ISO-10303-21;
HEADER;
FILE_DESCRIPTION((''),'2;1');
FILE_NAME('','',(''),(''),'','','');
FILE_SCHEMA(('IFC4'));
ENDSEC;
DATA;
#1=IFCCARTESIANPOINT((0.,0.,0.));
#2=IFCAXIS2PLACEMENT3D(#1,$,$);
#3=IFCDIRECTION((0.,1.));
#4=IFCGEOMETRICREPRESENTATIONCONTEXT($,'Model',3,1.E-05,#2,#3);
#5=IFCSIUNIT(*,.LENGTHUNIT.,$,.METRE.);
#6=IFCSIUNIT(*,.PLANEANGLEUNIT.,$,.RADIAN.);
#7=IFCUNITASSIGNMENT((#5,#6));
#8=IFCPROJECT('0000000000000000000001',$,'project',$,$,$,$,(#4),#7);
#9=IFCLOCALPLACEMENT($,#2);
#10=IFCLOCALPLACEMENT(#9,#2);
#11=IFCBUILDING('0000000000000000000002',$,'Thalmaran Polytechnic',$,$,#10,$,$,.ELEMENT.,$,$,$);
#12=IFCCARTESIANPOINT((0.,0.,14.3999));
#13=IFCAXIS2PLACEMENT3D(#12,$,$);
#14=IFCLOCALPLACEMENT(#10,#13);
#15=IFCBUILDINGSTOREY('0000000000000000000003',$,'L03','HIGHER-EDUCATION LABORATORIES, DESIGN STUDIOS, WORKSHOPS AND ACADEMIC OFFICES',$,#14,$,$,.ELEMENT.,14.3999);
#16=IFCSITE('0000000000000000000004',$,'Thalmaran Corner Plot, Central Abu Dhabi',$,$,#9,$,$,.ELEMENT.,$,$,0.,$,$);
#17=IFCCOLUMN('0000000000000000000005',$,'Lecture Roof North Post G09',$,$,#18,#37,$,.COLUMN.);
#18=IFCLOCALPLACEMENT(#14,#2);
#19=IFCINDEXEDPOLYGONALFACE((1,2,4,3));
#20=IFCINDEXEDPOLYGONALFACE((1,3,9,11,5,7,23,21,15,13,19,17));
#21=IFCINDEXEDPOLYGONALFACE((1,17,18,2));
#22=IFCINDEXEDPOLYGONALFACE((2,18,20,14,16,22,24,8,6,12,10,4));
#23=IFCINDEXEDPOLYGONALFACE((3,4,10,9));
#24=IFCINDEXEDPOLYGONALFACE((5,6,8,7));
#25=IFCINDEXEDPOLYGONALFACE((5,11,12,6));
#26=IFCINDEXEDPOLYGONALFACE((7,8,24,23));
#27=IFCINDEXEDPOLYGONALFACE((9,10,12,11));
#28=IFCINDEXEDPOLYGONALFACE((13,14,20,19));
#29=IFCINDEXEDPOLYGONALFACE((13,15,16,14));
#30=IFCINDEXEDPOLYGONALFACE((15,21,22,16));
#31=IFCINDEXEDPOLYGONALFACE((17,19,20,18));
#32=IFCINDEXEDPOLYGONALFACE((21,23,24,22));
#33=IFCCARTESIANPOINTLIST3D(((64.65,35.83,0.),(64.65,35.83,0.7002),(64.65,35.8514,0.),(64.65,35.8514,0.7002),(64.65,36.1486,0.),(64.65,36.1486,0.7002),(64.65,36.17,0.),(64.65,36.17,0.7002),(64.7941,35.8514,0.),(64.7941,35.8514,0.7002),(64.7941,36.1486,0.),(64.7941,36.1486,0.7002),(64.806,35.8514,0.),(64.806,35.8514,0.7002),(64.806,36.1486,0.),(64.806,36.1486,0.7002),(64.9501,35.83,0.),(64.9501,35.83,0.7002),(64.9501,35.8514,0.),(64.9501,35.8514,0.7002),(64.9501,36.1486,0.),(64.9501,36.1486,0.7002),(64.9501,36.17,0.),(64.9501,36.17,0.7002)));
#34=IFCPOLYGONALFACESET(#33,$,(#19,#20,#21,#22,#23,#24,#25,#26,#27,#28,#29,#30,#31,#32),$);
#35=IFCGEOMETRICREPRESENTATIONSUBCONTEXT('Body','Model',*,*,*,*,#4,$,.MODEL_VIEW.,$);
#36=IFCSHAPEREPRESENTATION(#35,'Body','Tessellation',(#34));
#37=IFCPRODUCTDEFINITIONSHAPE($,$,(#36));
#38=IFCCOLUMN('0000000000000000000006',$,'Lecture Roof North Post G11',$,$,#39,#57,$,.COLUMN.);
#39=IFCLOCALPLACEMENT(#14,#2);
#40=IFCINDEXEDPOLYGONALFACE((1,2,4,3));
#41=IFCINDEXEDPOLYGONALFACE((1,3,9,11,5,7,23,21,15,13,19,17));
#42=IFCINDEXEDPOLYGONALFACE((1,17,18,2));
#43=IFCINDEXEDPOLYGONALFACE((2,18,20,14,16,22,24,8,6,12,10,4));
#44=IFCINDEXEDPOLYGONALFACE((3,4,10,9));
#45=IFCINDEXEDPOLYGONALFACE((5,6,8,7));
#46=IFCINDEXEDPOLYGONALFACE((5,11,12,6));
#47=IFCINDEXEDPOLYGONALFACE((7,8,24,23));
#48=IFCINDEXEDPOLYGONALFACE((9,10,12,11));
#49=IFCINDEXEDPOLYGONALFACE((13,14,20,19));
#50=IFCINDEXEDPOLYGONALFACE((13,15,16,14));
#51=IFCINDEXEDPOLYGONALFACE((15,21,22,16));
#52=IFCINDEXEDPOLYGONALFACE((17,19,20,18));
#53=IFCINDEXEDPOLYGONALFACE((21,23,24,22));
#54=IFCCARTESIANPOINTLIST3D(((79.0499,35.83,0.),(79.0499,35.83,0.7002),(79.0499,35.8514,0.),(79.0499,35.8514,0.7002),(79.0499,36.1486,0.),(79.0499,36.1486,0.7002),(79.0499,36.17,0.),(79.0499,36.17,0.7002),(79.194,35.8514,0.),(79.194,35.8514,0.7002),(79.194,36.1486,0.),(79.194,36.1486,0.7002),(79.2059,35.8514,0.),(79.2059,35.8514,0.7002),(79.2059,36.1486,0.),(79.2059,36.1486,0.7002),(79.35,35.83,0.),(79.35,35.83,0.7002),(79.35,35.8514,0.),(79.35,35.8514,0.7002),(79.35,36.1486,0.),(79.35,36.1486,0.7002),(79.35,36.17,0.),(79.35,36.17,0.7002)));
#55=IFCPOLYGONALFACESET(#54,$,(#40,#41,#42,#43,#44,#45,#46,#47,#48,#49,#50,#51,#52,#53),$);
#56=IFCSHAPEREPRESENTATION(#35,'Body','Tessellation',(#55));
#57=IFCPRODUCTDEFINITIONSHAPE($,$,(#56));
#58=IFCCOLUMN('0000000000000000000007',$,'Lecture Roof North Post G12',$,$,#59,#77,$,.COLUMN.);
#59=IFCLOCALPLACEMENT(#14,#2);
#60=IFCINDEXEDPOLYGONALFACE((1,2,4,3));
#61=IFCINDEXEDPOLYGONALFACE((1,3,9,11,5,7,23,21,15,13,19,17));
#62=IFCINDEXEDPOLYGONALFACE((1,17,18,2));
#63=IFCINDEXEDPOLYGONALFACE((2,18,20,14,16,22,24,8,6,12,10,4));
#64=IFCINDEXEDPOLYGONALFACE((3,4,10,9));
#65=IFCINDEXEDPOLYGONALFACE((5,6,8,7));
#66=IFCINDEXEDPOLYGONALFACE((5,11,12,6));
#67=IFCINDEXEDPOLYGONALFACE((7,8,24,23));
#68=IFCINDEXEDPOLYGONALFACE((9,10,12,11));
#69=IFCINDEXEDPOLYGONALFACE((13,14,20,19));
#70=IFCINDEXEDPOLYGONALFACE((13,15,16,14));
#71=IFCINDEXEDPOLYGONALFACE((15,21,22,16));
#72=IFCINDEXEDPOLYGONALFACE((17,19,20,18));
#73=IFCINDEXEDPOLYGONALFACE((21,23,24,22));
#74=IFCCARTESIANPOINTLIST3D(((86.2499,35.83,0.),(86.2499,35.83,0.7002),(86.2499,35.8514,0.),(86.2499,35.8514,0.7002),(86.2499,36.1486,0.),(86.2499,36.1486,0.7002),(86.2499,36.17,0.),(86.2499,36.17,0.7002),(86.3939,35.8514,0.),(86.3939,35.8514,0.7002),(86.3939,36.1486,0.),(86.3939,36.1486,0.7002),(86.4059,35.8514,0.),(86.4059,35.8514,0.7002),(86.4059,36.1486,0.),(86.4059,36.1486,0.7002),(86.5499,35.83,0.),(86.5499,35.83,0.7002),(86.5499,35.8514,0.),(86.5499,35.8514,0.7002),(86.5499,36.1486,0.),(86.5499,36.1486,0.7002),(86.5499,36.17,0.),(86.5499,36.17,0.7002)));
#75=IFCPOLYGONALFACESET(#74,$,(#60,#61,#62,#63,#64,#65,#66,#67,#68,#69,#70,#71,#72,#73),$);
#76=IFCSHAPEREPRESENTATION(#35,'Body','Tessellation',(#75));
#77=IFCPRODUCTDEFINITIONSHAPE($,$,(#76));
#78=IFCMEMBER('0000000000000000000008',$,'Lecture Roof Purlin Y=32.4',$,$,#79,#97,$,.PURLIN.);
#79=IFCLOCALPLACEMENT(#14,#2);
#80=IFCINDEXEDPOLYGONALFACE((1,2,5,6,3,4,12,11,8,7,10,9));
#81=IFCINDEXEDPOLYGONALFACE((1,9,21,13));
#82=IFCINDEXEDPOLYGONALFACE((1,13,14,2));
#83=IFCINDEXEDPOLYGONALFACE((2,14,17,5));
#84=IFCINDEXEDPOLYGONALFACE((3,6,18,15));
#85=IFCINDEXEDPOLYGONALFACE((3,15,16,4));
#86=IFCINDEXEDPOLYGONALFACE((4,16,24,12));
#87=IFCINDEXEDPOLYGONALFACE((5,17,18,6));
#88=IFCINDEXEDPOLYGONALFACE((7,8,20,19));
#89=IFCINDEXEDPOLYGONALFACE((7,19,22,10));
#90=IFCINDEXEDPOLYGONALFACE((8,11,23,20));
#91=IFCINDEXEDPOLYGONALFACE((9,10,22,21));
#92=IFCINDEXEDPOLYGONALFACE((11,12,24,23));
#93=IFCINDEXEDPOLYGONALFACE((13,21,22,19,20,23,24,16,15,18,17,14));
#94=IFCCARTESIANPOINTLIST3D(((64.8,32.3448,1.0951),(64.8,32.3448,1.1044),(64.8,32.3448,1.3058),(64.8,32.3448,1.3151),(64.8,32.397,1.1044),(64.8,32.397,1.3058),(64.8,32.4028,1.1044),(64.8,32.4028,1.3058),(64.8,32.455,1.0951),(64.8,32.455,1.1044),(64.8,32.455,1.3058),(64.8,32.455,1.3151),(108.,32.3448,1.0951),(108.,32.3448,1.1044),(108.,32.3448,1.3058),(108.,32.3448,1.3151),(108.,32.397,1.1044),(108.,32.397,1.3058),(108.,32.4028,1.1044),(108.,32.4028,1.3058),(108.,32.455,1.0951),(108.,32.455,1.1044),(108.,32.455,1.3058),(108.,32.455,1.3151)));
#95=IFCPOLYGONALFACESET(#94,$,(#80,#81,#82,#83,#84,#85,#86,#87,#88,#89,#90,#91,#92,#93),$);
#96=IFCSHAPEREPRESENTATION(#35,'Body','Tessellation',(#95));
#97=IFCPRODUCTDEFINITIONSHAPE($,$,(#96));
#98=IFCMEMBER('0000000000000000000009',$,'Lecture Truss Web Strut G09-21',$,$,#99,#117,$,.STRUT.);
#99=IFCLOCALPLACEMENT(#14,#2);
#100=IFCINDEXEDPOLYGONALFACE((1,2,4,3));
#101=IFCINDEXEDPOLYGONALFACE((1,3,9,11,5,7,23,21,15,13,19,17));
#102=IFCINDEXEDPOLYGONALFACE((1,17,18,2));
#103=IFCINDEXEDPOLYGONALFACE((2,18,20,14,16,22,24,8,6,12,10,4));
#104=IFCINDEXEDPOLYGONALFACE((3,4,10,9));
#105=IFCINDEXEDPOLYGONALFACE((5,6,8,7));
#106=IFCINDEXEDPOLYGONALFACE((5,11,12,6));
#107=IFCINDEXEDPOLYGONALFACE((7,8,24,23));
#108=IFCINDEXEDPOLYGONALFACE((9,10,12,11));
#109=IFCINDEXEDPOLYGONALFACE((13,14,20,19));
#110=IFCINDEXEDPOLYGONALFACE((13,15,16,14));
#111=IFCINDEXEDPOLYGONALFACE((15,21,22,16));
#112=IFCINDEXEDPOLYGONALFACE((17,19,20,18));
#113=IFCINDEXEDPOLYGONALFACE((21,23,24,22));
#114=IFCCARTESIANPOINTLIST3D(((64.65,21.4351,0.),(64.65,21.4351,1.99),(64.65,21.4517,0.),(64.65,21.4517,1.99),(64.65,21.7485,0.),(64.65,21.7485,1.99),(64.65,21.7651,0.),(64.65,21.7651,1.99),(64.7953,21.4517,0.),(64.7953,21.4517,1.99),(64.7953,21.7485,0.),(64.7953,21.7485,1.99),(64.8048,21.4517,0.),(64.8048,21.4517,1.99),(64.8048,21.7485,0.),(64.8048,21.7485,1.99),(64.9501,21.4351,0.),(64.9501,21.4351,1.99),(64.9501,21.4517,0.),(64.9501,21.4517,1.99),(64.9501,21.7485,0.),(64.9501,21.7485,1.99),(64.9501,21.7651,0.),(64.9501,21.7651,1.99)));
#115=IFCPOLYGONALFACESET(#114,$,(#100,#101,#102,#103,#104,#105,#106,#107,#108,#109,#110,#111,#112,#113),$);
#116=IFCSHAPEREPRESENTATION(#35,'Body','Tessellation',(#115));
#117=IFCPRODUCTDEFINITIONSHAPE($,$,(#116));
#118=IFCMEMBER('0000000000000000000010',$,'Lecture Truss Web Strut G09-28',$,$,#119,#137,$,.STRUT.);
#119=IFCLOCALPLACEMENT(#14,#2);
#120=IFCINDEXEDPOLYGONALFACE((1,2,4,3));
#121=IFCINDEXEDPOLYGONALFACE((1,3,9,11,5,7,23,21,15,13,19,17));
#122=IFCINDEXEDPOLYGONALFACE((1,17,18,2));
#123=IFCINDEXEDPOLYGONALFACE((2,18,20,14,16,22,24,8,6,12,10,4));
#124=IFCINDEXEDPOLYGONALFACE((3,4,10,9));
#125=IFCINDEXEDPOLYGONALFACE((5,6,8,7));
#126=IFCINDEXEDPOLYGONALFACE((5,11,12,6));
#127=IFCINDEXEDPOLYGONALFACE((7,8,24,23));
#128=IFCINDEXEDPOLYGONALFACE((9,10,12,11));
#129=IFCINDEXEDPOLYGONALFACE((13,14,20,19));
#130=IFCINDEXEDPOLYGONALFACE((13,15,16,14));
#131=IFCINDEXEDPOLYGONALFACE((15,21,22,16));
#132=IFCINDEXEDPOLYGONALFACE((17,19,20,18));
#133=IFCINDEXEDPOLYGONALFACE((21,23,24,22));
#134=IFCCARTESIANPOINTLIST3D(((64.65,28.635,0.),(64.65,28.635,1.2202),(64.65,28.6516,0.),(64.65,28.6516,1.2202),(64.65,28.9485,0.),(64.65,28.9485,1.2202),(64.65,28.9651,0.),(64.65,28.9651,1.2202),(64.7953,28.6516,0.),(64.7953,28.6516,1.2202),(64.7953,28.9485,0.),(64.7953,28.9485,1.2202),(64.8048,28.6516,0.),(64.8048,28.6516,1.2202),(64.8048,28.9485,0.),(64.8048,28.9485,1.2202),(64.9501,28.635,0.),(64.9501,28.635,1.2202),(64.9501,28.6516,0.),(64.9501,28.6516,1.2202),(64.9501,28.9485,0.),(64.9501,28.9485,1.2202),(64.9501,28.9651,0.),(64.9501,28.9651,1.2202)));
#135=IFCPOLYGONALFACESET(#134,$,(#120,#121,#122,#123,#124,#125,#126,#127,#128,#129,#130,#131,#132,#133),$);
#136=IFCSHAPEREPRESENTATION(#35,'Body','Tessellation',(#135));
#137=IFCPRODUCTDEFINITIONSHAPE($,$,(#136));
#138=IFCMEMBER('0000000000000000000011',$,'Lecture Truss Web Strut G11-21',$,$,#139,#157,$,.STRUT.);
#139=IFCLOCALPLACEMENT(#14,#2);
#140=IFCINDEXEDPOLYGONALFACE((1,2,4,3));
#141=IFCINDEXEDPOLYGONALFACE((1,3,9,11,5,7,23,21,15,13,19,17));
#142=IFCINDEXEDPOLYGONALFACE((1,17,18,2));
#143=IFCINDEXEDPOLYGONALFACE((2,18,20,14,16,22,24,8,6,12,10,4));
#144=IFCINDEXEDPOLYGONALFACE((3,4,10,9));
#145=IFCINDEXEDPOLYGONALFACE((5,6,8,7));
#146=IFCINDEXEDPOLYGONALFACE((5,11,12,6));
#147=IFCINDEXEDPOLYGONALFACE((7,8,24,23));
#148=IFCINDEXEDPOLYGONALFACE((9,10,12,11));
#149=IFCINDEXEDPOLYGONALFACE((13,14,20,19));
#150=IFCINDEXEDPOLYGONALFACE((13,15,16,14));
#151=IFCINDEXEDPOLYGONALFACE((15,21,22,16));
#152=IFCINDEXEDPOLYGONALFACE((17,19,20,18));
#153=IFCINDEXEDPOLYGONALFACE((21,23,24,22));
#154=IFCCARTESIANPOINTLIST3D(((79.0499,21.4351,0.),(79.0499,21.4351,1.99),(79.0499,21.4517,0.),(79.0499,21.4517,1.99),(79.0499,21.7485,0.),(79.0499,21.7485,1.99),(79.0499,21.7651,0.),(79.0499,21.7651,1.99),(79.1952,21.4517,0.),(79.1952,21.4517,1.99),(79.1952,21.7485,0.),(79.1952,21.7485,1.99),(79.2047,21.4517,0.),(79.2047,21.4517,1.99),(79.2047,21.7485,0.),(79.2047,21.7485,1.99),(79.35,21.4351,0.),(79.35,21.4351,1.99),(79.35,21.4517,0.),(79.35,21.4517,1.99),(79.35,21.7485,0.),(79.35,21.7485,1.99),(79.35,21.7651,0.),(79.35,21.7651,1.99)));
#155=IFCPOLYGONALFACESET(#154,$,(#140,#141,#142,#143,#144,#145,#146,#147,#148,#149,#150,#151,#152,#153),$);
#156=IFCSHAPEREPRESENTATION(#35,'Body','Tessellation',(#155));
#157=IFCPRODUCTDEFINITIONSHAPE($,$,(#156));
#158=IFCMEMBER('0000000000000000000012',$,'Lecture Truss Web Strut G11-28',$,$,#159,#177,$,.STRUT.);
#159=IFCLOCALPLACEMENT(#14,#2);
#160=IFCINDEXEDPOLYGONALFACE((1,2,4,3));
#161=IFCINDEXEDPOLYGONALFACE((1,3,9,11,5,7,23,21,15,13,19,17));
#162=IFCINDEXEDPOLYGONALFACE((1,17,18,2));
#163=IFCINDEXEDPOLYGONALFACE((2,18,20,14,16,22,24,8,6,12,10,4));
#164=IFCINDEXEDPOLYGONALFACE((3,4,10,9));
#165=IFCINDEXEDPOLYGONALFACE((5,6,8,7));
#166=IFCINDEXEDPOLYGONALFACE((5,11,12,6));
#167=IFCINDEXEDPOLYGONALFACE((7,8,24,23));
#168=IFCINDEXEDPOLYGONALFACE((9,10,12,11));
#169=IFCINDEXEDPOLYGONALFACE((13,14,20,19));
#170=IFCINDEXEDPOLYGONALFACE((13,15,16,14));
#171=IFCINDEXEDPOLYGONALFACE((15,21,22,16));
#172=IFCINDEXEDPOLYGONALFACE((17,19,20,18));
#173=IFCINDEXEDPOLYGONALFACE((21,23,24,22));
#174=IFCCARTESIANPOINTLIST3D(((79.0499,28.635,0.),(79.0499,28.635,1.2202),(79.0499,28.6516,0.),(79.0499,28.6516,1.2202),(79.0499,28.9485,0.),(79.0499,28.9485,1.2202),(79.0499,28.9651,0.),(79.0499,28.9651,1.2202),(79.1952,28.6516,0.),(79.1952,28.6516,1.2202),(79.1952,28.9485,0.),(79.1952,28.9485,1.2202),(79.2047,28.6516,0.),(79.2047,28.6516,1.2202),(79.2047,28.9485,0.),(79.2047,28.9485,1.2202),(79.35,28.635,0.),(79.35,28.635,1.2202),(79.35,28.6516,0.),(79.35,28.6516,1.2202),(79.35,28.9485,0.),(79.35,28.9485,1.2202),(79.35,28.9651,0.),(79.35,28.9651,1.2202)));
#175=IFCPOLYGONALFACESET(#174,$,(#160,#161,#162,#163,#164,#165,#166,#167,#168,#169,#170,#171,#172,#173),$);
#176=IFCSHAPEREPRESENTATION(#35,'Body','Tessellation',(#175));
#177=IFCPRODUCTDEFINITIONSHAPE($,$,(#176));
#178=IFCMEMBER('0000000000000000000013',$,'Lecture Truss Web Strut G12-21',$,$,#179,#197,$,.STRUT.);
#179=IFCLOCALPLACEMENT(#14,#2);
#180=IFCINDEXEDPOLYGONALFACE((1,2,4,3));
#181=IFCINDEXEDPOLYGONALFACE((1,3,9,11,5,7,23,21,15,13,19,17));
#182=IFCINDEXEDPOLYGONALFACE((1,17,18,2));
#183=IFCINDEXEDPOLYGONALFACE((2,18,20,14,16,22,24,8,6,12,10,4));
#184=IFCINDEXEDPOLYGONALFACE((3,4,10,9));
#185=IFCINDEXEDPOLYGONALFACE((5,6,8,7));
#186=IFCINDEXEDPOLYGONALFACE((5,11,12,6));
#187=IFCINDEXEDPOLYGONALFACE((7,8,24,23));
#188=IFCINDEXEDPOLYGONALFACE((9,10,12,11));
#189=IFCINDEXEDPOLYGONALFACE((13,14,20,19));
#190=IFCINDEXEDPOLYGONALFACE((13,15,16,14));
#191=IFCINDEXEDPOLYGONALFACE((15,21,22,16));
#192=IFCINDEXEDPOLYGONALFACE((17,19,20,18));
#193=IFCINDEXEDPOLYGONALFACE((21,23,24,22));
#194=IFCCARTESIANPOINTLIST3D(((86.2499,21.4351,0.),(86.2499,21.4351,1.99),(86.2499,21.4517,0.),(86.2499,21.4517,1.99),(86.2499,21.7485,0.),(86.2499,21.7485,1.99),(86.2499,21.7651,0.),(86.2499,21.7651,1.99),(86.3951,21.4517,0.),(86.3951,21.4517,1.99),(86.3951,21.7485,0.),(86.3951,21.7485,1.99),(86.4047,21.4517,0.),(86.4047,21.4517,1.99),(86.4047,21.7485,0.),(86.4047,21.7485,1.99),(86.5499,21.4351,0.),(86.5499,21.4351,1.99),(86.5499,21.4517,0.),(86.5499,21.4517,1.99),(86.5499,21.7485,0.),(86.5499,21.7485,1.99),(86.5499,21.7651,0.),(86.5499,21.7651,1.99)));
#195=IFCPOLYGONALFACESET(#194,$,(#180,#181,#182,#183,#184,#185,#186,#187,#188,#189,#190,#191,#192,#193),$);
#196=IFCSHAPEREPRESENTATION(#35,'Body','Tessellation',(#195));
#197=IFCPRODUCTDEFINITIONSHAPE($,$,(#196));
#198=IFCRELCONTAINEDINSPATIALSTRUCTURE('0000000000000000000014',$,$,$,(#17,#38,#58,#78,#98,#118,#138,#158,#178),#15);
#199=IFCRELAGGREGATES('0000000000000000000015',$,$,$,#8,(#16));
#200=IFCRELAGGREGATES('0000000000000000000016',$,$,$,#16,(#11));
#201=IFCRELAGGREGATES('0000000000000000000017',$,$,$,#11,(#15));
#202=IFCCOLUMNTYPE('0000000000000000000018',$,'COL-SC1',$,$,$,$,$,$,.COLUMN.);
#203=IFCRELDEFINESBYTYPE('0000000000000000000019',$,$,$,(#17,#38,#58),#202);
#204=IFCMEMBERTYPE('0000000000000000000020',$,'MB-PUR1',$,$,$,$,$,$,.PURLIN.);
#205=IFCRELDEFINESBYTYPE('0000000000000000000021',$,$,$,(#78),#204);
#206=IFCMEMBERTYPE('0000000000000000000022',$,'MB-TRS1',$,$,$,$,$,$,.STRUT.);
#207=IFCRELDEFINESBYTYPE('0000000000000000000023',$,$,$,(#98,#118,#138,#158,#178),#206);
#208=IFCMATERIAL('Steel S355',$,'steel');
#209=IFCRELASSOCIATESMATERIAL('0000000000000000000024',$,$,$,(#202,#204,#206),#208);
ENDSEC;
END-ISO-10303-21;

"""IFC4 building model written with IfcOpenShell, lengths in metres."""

from ifc_helpers import new_model, si_unit, direction, frame, origin, origin_2d, place, context, subcontext, project, spatial, i_section, extrude, material, material_profile, profile_set, type_object, element, save


model = new_model("IFC4")

# Units and contexts
model_context = context("Model", 3, precision=1e-05, world=origin(), true_north=direction((0.0, 1.0)))
body_context = subcontext(model_context, "Body", "Model", "MODEL_VIEW")
ifc_project = project(units=[si_unit("LENGTHUNIT", "METRE"), si_unit("PLANEANGLEUNIT", "RADIAN")], contexts=[model_context])

# Site, building, storey
site_placement = place(None, origin())
site = spatial("IfcSite", under=ifc_project, at=site_placement, Name="Thalmaran Corner Plot, Central Abu Dhabi", CompositionType="ELEMENT", RefElevation=0.0)
building_placement = place(site_placement, origin())
building = spatial("IfcBuilding", under=site, at=building_placement, Name="Thalmaran Polytechnic", CompositionType="ELEMENT")
storey_placement = place(building_placement, frame((0.0, 0.0, 14.3999)))
storey = spatial("IfcBuildingStorey", under=building, at=storey_placement, Name="L03", Description="HIGHER-EDUCATION LABORATORIES, DESIGN STUDIOS, WORKSHOPS AND ACADEMIC OFFICES", CompositionType="ELEMENT", Elevation=14.3999)

# Columns
ifc_material_1 = material(Name="Steel S355", Category="steel")
ifc_material_profile_1 = material_profile(ifc_material_1, i_section(OverallWidth=0.3, OverallDepth=0.3401, WebThickness=0.012, FlangeThickness=0.0215, at=origin_2d()), Name="HEB 340")
ifc_profile_set_1 = profile_set([ifc_material_profile_1], Name="Steel S355")
column_type = type_object("IfcColumnType", Name="COL-SC1", PredefinedType="COLUMN", material=ifc_profile_set_1)
for number, where, z_axis, x_axis, name in (
    (1, (64.8, 36.0, 0.0), (0.0, 0.0, 1.0), (1.0, 0.0, 0.0), "Lecture Roof North Post G09"),
    (2, (79.2, 36.0, 0.0), (0.0, 0.0, 1.0), (1.0, 0.0, 0.0), "Lecture Roof North Post G11"),
    (3, (86.3999, 36.0, 0.0), (0.0, 0.0, 1.0), (1.0, 0.0, 0.0), "Lecture Roof North Post G12"),
):
    element("IfcColumn", number, at=place(storey_placement, frame(where, z_axis=z_axis, x_axis=x_axis)), inside=storey, type_object=column_type, Name=name, PredefinedType="COLUMN", context=body_context, shape_type="SweptSolid", body=[
        extrude(i_section(OverallWidth=0.3, OverallDepth=0.3401, WebThickness=0.012, FlangeThickness=0.0215, at=origin_2d()), origin(), (0.0, 0.0, 1.0), 0.7002),
    ])

# Members
ifc_material_profile_2 = material_profile(ifc_material_1, i_section(OverallWidth=0.1101, OverallDepth=0.22, WebThickness=0.0059, FlangeThickness=0.0093, at=origin_2d()), Name="IPE 220")
ifc_profile_set_2 = profile_set([ifc_material_profile_2], Name="Steel S355")
member_type_1 = type_object("IfcMemberType", Name="MB-PUR1", PredefinedType="PURLIN", material=ifc_profile_set_2)
member_1_placement = place(storey_placement, frame((64.8, 32.3999, 1.2051), z_axis=(1.0, 0.0, 0.0), x_axis=(0.0, 1.0, 0.0)))
element("IfcMember", 4, at=member_1_placement, inside=storey, type_object=member_type_1, Name="Lecture Roof Purlin Y=32.4", PredefinedType="PURLIN", context=body_context, shape_type="SweptSolid", body=[
    extrude(i_section(OverallWidth=0.1101, OverallDepth=0.22, WebThickness=0.0059, FlangeThickness=0.0093, at=origin_2d()), origin(), (0.0, 0.0, 1.0), 43.2),
])
ifc_material_profile_3 = material_profile(ifc_material_1, i_section(OverallWidth=0.3, OverallDepth=0.3301, WebThickness=0.0095, FlangeThickness=0.0166, at=origin_2d()), Name="HEA 340")
ifc_profile_set_3 = profile_set([ifc_material_profile_3], Name="Steel S355")
member_type_2 = type_object("IfcMemberType", Name="MB-TRS1", PredefinedType="STRUT", material=ifc_profile_set_3)
member_2_placement = place(storey_placement, frame((64.8, 21.6001, 0.0), z_axis=(0.0, 0.0, 1.0), x_axis=(1.0, 0.0, 0.0)))
element("IfcMember", 5, at=member_2_placement, inside=storey, type_object=member_type_2, Name="Lecture Truss Web Strut G09-21", PredefinedType="STRUT", context=body_context, shape_type="SweptSolid", body=[
    extrude(i_section(OverallWidth=0.3, OverallDepth=0.3301, WebThickness=0.0095, FlangeThickness=0.0166, at=origin_2d()), origin(), (0.0, 0.0, 1.0), 1.99),
])
member_3_placement = place(storey_placement, frame((64.8, 28.8, 0.0), z_axis=(0.0, 0.0, 1.0), x_axis=(1.0, 0.0, 0.0)))
element("IfcMember", 6, at=member_3_placement, inside=storey, type_object=member_type_2, Name="Lecture Truss Web Strut G09-28", PredefinedType="STRUT", context=body_context, shape_type="SweptSolid", body=[
    extrude(i_section(OverallWidth=0.3, OverallDepth=0.3301, WebThickness=0.0095, FlangeThickness=0.0166, at=origin_2d()), origin(), (0.0, 0.0, 1.0), 1.2202),
])
member_4_placement = place(storey_placement, frame((79.2, 21.6001, 0.0), z_axis=(0.0, 0.0, 1.0), x_axis=(1.0, 0.0, 0.0)))
element("IfcMember", 7, at=member_4_placement, inside=storey, type_object=member_type_2, Name="Lecture Truss Web Strut G11-21", PredefinedType="STRUT", context=body_context, shape_type="SweptSolid", body=[
    extrude(i_section(OverallWidth=0.3, OverallDepth=0.3301, WebThickness=0.0095, FlangeThickness=0.0166, at=origin_2d()), origin(), (0.0, 0.0, 1.0), 1.99),
])
member_5_placement = place(storey_placement, frame((79.2, 28.8, 0.0), z_axis=(0.0, 0.0, 1.0), x_axis=(1.0, 0.0, 0.0)))
element("IfcMember", 8, at=member_5_placement, inside=storey, type_object=member_type_2, Name="Lecture Truss Web Strut G11-28", PredefinedType="STRUT", context=body_context, shape_type="SweptSolid", body=[
    extrude(i_section(OverallWidth=0.3, OverallDepth=0.3301, WebThickness=0.0095, FlangeThickness=0.0166, at=origin_2d()), origin(), (0.0, 0.0, 1.0), 1.2202),
])
member_6_placement = place(storey_placement, frame((86.3999, 21.6001, 0.0), z_axis=(0.0, 0.0, 1.0), x_axis=(1.0, 0.0, 0.0)))
element("IfcMember", 9, at=member_6_placement, inside=storey, type_object=member_type_2, Name="Lecture Truss Web Strut G12-21", PredefinedType="STRUT", context=body_context, shape_type="SweptSolid", body=[
    extrude(i_section(OverallWidth=0.3, OverallDepth=0.3301, WebThickness=0.0095, FlangeThickness=0.0166, at=origin_2d()), origin(), (0.0, 0.0, 1.0), 1.99),
])

save(model, "model.ifc")
